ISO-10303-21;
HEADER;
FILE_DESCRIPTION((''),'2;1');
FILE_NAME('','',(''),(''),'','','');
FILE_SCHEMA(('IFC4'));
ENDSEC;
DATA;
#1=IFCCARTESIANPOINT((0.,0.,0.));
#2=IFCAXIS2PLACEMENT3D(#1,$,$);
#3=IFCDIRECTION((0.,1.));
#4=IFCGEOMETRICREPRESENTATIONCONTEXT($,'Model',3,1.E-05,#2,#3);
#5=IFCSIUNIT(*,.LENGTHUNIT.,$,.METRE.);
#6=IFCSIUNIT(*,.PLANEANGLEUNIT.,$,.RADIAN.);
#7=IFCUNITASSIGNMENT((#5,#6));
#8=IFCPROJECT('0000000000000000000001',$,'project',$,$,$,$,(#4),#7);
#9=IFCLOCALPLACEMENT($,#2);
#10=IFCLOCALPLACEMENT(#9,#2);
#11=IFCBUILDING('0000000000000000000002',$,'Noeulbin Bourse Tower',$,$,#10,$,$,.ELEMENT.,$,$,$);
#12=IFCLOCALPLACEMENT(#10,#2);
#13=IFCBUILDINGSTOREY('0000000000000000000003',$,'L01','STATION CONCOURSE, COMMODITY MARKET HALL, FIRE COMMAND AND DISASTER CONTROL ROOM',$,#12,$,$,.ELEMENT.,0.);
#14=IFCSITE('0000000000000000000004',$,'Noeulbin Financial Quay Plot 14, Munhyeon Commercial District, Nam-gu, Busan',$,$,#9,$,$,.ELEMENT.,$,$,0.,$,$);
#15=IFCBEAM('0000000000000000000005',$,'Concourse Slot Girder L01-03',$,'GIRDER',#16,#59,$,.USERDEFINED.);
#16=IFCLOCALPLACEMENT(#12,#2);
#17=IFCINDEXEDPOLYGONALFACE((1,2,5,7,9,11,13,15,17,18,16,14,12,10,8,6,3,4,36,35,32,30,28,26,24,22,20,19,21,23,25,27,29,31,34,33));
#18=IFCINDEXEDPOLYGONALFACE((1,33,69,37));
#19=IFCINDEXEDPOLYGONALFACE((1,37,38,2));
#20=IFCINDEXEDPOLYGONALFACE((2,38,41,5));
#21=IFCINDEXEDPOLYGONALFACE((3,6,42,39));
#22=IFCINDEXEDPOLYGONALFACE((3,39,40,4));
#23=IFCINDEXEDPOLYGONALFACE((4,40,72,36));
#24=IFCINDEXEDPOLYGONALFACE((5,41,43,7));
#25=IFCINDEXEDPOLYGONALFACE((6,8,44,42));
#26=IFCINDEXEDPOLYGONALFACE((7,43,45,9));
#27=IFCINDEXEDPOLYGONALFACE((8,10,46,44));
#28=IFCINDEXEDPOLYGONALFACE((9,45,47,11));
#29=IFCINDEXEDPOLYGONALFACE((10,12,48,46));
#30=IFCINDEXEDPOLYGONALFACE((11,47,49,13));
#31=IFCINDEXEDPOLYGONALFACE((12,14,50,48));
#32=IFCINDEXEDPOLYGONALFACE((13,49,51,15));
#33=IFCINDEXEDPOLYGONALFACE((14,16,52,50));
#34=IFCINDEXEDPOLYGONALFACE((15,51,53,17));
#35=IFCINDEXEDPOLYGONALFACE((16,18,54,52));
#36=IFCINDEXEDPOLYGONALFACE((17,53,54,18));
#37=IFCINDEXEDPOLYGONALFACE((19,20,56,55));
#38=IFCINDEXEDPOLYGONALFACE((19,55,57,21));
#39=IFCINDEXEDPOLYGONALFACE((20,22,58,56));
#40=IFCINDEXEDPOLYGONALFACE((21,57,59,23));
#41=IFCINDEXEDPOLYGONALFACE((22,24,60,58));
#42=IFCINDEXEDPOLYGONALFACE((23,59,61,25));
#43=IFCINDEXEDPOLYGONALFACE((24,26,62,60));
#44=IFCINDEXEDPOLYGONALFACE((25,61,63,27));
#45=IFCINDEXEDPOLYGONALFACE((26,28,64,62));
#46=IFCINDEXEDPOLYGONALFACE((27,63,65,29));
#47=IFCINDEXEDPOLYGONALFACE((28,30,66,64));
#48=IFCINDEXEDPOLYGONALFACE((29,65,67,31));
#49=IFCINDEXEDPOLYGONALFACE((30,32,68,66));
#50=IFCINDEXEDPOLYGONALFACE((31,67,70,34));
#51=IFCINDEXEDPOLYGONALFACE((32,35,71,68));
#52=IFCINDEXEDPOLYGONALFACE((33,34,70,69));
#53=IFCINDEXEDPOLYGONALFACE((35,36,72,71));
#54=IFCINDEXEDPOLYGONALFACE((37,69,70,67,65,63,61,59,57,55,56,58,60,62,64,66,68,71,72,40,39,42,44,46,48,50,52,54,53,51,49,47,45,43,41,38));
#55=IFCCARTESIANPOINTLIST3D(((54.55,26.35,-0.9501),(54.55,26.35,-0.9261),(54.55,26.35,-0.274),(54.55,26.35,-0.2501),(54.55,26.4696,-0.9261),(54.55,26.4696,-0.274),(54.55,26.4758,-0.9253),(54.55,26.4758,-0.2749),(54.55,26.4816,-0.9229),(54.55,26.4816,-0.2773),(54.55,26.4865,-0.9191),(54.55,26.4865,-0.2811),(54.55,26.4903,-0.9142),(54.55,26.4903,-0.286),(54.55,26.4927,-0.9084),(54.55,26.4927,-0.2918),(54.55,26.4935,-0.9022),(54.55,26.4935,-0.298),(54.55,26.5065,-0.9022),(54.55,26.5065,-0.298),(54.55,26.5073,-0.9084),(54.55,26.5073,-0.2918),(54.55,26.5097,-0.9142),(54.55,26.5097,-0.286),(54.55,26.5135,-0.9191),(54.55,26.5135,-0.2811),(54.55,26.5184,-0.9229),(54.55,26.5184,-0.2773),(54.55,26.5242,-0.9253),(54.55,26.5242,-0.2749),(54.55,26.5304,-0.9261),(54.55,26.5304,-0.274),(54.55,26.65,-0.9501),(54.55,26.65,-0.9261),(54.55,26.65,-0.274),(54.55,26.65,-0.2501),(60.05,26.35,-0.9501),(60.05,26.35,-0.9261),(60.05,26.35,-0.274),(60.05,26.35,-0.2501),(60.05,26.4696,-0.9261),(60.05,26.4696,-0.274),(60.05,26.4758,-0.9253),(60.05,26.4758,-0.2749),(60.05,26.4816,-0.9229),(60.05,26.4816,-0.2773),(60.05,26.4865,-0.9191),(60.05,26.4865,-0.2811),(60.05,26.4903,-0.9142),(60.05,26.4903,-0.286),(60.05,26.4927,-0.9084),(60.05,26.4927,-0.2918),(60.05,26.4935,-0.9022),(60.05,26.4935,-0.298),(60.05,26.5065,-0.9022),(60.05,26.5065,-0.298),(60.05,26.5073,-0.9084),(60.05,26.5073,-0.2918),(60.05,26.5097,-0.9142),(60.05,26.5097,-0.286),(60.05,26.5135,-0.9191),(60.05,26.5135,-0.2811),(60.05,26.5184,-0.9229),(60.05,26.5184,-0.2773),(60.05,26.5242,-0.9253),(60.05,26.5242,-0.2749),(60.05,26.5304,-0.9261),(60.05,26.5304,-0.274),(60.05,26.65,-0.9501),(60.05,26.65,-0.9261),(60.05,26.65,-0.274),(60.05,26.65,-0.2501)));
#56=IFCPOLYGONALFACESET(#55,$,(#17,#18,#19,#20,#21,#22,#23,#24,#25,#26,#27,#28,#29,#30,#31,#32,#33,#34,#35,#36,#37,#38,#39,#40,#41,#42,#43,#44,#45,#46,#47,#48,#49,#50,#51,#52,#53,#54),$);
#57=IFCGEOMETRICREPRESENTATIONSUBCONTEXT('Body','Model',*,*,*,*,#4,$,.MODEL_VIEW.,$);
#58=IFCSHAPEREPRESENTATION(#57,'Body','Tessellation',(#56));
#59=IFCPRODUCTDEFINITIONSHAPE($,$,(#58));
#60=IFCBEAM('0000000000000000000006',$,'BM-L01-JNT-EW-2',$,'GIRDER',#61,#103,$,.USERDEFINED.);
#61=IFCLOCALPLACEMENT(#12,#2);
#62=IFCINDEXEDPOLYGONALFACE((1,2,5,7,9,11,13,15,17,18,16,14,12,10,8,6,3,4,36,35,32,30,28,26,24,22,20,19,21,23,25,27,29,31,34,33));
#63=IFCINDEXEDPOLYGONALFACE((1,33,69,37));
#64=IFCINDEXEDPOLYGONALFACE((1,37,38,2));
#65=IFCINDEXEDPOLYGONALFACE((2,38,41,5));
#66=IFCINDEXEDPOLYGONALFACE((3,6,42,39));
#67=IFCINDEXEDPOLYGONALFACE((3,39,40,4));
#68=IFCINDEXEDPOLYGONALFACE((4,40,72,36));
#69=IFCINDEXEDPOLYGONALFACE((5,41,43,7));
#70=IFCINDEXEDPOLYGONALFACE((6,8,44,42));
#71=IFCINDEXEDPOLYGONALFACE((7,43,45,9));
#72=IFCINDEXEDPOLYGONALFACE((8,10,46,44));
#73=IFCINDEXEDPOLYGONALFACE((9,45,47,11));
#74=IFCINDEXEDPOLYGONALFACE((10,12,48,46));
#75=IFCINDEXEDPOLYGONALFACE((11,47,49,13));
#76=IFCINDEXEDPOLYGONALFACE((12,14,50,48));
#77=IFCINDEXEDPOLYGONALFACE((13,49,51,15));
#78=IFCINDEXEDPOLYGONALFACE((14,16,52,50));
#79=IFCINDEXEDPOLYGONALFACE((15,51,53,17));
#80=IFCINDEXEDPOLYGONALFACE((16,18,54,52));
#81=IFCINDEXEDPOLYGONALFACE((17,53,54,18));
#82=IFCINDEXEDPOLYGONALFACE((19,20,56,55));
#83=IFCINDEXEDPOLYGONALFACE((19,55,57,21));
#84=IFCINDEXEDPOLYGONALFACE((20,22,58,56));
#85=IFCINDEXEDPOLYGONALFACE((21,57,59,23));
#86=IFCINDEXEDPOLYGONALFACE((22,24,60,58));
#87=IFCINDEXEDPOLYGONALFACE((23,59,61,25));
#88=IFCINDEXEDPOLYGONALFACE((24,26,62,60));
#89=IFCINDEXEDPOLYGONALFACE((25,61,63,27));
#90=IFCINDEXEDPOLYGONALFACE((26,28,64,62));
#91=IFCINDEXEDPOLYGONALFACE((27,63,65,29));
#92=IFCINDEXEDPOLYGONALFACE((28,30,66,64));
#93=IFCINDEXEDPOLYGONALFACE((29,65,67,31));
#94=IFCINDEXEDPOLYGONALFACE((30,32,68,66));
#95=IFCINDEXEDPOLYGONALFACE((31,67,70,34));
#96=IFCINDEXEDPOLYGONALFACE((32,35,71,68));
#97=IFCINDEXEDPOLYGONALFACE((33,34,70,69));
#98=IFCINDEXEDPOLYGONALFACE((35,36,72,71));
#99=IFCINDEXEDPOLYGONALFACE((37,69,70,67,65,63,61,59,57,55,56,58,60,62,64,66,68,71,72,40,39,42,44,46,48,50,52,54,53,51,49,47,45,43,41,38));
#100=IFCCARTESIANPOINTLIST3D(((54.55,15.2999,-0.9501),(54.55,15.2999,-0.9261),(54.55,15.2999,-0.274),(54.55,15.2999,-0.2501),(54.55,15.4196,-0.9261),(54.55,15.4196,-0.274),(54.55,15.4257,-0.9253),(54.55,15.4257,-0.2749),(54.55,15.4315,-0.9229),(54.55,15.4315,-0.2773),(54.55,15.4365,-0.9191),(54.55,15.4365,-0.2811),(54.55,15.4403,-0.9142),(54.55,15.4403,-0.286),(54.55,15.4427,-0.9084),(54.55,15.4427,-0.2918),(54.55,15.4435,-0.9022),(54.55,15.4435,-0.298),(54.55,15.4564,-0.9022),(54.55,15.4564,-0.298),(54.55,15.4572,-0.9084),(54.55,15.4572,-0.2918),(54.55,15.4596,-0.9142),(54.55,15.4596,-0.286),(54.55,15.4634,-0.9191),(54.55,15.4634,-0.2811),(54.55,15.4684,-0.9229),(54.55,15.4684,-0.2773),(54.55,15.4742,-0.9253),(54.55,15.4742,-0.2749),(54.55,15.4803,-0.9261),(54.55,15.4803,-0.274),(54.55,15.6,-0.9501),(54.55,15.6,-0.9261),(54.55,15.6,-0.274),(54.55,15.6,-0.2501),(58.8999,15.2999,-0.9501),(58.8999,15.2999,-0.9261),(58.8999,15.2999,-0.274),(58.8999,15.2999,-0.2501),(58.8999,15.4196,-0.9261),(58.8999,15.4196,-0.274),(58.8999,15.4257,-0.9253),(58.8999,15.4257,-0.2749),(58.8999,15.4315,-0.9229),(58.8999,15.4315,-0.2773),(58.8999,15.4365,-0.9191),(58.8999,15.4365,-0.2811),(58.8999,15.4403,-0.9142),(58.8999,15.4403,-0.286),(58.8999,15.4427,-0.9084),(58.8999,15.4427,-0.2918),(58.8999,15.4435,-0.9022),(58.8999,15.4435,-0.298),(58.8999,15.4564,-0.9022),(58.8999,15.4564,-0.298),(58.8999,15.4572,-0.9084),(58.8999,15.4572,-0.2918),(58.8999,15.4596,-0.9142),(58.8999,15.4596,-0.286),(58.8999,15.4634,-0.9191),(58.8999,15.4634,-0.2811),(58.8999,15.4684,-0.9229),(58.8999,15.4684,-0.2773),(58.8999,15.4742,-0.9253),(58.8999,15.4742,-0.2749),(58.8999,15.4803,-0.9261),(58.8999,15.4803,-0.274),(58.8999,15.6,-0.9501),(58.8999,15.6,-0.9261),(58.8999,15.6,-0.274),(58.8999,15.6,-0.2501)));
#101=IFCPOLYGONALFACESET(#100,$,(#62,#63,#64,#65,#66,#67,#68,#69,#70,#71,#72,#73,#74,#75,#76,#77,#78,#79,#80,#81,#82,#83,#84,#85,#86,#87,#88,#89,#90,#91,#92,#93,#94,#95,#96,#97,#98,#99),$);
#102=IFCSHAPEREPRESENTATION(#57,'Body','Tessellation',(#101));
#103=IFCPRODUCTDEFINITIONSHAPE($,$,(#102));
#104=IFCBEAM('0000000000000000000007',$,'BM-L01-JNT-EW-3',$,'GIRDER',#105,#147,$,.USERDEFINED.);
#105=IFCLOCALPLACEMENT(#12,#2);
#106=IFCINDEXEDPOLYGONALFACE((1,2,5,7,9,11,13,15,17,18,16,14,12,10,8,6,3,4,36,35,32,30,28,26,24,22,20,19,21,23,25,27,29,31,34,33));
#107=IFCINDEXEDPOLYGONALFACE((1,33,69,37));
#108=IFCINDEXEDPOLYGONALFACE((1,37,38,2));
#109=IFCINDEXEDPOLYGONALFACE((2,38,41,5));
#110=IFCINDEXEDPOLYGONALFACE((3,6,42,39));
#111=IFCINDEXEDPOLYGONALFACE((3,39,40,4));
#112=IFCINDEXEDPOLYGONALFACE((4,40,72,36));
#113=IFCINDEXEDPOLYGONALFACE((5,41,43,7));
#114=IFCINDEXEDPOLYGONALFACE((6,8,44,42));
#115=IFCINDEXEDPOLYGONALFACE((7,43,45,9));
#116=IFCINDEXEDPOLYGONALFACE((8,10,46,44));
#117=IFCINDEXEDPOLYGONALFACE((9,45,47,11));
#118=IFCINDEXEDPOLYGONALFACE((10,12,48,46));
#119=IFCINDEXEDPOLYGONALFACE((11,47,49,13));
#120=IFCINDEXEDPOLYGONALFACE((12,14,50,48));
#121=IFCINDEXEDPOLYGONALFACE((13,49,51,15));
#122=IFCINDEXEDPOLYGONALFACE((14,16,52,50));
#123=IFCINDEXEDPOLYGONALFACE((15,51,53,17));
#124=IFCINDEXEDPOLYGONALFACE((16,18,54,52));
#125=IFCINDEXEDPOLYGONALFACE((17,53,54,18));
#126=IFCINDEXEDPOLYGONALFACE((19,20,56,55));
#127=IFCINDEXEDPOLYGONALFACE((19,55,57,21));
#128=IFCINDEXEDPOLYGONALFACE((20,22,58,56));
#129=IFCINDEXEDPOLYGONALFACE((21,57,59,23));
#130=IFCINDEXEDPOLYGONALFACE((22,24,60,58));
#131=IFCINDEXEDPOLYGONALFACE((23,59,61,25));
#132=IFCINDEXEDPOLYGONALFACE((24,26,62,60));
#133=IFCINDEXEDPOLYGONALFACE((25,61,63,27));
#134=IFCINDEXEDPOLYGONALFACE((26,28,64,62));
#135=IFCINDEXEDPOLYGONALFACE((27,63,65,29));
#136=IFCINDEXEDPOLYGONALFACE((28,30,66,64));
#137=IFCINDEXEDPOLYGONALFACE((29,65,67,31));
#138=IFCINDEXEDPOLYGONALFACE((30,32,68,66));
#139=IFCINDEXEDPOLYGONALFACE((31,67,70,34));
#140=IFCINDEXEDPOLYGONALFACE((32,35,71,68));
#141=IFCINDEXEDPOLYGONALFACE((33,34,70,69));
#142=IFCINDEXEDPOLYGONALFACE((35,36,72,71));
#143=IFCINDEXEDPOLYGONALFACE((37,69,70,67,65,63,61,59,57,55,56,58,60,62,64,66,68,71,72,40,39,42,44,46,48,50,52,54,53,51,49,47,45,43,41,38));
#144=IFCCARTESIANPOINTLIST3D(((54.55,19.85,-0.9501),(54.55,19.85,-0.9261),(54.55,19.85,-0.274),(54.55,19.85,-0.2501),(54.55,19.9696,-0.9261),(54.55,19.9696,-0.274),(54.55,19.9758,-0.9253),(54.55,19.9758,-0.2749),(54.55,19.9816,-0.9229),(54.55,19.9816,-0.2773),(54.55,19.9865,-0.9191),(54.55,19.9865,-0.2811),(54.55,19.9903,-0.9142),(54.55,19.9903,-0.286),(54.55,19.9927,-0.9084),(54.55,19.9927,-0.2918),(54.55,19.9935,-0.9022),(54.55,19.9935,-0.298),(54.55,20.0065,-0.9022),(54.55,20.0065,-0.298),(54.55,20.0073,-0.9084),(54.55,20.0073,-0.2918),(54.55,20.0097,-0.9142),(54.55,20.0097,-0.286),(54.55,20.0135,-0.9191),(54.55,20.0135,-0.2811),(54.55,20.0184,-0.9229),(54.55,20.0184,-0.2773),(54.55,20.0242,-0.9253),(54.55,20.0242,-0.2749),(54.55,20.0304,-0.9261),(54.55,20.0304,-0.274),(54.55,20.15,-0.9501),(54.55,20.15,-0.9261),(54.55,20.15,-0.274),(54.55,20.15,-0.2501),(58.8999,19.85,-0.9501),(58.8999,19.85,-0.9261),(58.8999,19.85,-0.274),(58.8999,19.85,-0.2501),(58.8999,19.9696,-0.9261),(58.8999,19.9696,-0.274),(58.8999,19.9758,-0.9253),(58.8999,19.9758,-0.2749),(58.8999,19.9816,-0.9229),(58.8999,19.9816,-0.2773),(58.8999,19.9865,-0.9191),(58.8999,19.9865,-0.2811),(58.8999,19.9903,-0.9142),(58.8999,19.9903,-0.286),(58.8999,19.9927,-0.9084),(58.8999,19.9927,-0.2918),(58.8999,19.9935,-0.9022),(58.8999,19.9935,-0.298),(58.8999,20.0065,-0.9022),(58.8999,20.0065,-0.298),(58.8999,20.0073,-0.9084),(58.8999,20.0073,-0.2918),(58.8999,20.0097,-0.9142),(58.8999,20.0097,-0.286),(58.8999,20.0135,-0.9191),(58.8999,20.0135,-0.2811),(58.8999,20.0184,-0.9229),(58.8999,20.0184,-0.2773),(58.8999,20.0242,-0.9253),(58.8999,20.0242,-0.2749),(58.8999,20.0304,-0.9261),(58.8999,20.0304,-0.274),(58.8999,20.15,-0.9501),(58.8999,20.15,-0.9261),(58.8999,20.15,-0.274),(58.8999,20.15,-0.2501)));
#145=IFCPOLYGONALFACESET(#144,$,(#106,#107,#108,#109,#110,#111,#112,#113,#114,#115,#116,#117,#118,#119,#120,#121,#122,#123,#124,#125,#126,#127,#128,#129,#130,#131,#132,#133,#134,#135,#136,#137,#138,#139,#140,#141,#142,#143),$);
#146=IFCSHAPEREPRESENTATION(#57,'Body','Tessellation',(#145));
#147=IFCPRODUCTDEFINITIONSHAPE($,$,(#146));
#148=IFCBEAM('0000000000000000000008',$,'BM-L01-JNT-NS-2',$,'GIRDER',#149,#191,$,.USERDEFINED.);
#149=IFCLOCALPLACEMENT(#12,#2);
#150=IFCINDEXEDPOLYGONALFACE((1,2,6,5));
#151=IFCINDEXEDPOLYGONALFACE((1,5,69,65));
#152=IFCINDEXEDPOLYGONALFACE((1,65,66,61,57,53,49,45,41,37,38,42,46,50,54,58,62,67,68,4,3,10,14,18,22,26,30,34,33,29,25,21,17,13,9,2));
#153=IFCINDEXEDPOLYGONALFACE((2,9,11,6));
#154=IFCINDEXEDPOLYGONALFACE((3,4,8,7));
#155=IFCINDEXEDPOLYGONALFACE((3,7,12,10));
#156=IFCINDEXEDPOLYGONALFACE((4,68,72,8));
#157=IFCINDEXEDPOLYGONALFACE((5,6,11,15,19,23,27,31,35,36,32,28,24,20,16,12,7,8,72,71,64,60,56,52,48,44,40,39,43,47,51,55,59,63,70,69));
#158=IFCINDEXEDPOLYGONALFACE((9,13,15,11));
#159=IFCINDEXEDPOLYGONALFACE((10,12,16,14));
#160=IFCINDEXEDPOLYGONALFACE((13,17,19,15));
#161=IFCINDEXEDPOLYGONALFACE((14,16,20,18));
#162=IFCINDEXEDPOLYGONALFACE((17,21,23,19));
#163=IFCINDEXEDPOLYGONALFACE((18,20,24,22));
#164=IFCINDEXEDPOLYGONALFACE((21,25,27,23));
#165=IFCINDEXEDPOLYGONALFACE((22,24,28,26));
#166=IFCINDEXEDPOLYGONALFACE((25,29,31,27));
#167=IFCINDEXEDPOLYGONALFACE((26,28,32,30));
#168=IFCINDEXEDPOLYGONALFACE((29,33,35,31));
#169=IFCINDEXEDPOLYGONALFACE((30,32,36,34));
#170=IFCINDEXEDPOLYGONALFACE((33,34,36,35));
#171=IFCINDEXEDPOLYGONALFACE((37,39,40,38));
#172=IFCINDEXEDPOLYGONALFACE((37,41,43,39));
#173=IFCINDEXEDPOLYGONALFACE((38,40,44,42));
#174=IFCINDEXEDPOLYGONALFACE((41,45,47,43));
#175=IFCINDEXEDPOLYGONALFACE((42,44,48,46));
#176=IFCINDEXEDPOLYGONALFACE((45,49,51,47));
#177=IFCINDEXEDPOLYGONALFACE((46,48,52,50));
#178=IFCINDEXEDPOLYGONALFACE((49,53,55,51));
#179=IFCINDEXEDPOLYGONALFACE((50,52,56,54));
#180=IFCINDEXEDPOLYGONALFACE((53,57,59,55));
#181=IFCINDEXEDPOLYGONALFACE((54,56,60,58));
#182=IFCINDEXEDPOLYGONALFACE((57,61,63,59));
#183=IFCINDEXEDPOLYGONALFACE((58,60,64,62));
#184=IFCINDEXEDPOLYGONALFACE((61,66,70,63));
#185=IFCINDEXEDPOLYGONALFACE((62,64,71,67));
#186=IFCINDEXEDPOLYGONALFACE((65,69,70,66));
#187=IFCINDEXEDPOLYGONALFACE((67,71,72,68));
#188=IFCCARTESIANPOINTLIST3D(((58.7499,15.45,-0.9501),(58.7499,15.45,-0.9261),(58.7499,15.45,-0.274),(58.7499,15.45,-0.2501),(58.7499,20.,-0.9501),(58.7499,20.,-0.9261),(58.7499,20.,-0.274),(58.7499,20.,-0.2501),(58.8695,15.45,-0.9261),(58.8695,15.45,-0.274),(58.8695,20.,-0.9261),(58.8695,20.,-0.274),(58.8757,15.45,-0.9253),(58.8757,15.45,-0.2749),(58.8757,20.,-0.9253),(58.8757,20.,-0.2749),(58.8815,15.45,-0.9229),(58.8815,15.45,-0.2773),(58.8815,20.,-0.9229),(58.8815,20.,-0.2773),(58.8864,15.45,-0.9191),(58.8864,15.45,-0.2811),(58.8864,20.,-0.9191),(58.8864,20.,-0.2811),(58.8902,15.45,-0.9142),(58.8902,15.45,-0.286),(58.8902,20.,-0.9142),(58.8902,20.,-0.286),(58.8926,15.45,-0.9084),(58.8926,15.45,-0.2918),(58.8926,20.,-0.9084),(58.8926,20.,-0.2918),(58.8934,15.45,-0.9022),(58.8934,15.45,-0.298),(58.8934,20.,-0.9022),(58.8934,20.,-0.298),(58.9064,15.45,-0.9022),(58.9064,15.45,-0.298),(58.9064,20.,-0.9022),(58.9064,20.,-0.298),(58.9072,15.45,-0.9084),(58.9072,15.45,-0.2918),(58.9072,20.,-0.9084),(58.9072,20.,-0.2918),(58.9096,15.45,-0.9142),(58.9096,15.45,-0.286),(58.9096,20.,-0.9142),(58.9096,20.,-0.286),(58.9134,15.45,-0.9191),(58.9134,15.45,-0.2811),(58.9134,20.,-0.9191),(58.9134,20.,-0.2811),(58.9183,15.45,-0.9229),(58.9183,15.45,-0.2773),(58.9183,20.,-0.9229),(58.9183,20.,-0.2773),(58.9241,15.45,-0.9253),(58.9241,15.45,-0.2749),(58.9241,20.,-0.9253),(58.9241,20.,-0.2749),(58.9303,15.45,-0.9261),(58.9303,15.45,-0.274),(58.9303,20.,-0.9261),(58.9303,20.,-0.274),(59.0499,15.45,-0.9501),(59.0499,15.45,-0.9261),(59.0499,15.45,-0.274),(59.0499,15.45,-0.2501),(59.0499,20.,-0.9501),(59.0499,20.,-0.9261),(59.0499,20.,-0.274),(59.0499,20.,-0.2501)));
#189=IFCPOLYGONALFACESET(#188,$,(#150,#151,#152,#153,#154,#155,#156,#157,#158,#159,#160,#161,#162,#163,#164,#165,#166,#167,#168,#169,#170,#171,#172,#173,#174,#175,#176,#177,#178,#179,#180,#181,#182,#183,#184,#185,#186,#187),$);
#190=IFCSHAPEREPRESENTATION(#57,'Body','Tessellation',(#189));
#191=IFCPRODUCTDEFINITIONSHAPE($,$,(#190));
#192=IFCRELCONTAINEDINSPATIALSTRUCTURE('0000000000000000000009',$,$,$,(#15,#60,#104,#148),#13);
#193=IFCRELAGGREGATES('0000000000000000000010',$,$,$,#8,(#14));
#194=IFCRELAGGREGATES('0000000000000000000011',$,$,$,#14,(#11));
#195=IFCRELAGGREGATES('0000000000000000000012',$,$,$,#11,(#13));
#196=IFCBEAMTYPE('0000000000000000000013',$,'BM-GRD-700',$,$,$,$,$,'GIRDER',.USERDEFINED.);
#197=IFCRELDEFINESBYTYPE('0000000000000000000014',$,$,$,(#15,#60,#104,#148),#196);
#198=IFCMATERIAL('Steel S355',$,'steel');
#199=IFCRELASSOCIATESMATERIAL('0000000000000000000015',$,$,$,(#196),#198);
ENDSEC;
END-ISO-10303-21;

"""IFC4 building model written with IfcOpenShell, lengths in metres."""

from ifc_helpers import new_model, si_unit, direction, frame, origin, origin_2d, place, context, subcontext, project, spatial, i_section, extrude, material, material_profile, profile_set, type_object, element, save


model = new_model("IFC4")

# Units and contexts
model_context = context("Model", 3, precision=1e-05, world=origin(), true_north=direction((0.0, 1.0)))
body_context = subcontext(model_context, "Body", "Model", "MODEL_VIEW")
ifc_project = project(units=[si_unit("LENGTHUNIT", "METRE"), si_unit("PLANEANGLEUNIT", "RADIAN")], contexts=[model_context])

# Site, building, storey
site_placement = place(None, origin())
site = spatial("IfcSite", under=ifc_project, at=site_placement, Name="Noeulbin Financial Quay Plot 14, Munhyeon Commercial District, Nam-gu, Busan", CompositionType="ELEMENT", RefElevation=0.0)
building_placement = place(site_placement, origin())
building = spatial("IfcBuilding", under=site, at=building_placement, Name="Noeulbin Bourse Tower", CompositionType="ELEMENT")
storey_placement = place(building_placement, origin())
storey = spatial("IfcBuildingStorey", under=building, at=storey_placement, Name="L01", Description="STATION CONCOURSE, COMMODITY MARKET HALL, FIRE COMMAND AND DISASTER CONTROL ROOM", CompositionType="ELEMENT", Elevation=0.0)

# Beams
ifc_material_1 = material(Name="Steel S355", Category="steel")
ifc_material_profile_1 = material_profile(ifc_material_1, i_section(OverallWidth=0.3, OverallDepth=0.7, WebThickness=0.0129, FlangeThickness=0.0239, FilletRadius=0.0239, at=origin_2d()), Name="H-700x300x13x24", Category="LoadBearing")
ifc_profile_set_1 = profile_set([ifc_material_profile_1], Name="Steel S355")
beam_type_1 = type_object("IfcBeamType", Name="BM-GRD-700", ElementType="GIRDER", PredefinedType="USERDEFINED", material=ifc_profile_set_1)
for number, where, z_axis, x_axis, name in (
    (1, (54.55, 26.5, -0.6001), (1.0, 0.0, 0.0), (0.0, 1.0, 0.0), "Concourse Slot Girder L01-03"),
):
    element("IfcBeam", number, at=place(storey_placement, frame(where, z_axis=z_axis, x_axis=x_axis)), inside=storey, type_object=beam_type_1, Name=name, ObjectType="GIRDER", PredefinedType="USERDEFINED", context=body_context, shape_type="SweptSolid", body=[
        extrude(i_section(OverallWidth=0.3, OverallDepth=0.7, WebThickness=0.0129, FlangeThickness=0.0239, FilletRadius=0.0239, at=origin_2d()), origin(), (0.0, 0.0, 1.0), 5.5),
    ])
for number, where, z_axis, x_axis, name in (
    (2, (54.55, 15.45, -0.6001), (1.0, 0.0, 0.0), (0.0, 1.0, 0.0), "BM-L01-JNT-EW-2"),
    (3, (54.55, 20.0, -0.6001), (1.0, 0.0, 0.0), (0.0, 1.0, 0.0), "BM-L01-JNT-EW-3"),
):
    element("IfcBeam", number, at=place(storey_placement, frame(where, z_axis=z_axis, x_axis=x_axis)), inside=storey, type_object=beam_type_1, Name=name, ObjectType="GIRDER", PredefinedType="USERDEFINED", context=body_context, shape_type="SweptSolid", body=[
        extrude(i_section(OverallWidth=0.3, OverallDepth=0.7, WebThickness=0.0129, FlangeThickness=0.0239, FilletRadius=0.0239, at=origin_2d()), origin(), (0.0, 0.0, 1.0), 4.3499),
    ])
beam_1_placement = place(storey_placement, frame((58.8999, 15.45, -0.6001), z_axis=(0.0, 1.0, 0.0), x_axis=(-1.0, 0.0, 0.0)))
element("IfcBeam", 4, at=beam_1_placement, inside=storey, type_object=beam_type_1, Name="BM-L01-JNT-NS-2", ObjectType="GIRDER", PredefinedType="USERDEFINED", context=body_context, shape_type="SweptSolid", body=[
    extrude(i_section(OverallWidth=0.3, OverallDepth=0.7, WebThickness=0.0129, FlangeThickness=0.0239, FilletRadius=0.0239, at=origin_2d()), origin(), (0.0, 0.0, 1.0), 4.55),
])

save(model, "model.ifc")
